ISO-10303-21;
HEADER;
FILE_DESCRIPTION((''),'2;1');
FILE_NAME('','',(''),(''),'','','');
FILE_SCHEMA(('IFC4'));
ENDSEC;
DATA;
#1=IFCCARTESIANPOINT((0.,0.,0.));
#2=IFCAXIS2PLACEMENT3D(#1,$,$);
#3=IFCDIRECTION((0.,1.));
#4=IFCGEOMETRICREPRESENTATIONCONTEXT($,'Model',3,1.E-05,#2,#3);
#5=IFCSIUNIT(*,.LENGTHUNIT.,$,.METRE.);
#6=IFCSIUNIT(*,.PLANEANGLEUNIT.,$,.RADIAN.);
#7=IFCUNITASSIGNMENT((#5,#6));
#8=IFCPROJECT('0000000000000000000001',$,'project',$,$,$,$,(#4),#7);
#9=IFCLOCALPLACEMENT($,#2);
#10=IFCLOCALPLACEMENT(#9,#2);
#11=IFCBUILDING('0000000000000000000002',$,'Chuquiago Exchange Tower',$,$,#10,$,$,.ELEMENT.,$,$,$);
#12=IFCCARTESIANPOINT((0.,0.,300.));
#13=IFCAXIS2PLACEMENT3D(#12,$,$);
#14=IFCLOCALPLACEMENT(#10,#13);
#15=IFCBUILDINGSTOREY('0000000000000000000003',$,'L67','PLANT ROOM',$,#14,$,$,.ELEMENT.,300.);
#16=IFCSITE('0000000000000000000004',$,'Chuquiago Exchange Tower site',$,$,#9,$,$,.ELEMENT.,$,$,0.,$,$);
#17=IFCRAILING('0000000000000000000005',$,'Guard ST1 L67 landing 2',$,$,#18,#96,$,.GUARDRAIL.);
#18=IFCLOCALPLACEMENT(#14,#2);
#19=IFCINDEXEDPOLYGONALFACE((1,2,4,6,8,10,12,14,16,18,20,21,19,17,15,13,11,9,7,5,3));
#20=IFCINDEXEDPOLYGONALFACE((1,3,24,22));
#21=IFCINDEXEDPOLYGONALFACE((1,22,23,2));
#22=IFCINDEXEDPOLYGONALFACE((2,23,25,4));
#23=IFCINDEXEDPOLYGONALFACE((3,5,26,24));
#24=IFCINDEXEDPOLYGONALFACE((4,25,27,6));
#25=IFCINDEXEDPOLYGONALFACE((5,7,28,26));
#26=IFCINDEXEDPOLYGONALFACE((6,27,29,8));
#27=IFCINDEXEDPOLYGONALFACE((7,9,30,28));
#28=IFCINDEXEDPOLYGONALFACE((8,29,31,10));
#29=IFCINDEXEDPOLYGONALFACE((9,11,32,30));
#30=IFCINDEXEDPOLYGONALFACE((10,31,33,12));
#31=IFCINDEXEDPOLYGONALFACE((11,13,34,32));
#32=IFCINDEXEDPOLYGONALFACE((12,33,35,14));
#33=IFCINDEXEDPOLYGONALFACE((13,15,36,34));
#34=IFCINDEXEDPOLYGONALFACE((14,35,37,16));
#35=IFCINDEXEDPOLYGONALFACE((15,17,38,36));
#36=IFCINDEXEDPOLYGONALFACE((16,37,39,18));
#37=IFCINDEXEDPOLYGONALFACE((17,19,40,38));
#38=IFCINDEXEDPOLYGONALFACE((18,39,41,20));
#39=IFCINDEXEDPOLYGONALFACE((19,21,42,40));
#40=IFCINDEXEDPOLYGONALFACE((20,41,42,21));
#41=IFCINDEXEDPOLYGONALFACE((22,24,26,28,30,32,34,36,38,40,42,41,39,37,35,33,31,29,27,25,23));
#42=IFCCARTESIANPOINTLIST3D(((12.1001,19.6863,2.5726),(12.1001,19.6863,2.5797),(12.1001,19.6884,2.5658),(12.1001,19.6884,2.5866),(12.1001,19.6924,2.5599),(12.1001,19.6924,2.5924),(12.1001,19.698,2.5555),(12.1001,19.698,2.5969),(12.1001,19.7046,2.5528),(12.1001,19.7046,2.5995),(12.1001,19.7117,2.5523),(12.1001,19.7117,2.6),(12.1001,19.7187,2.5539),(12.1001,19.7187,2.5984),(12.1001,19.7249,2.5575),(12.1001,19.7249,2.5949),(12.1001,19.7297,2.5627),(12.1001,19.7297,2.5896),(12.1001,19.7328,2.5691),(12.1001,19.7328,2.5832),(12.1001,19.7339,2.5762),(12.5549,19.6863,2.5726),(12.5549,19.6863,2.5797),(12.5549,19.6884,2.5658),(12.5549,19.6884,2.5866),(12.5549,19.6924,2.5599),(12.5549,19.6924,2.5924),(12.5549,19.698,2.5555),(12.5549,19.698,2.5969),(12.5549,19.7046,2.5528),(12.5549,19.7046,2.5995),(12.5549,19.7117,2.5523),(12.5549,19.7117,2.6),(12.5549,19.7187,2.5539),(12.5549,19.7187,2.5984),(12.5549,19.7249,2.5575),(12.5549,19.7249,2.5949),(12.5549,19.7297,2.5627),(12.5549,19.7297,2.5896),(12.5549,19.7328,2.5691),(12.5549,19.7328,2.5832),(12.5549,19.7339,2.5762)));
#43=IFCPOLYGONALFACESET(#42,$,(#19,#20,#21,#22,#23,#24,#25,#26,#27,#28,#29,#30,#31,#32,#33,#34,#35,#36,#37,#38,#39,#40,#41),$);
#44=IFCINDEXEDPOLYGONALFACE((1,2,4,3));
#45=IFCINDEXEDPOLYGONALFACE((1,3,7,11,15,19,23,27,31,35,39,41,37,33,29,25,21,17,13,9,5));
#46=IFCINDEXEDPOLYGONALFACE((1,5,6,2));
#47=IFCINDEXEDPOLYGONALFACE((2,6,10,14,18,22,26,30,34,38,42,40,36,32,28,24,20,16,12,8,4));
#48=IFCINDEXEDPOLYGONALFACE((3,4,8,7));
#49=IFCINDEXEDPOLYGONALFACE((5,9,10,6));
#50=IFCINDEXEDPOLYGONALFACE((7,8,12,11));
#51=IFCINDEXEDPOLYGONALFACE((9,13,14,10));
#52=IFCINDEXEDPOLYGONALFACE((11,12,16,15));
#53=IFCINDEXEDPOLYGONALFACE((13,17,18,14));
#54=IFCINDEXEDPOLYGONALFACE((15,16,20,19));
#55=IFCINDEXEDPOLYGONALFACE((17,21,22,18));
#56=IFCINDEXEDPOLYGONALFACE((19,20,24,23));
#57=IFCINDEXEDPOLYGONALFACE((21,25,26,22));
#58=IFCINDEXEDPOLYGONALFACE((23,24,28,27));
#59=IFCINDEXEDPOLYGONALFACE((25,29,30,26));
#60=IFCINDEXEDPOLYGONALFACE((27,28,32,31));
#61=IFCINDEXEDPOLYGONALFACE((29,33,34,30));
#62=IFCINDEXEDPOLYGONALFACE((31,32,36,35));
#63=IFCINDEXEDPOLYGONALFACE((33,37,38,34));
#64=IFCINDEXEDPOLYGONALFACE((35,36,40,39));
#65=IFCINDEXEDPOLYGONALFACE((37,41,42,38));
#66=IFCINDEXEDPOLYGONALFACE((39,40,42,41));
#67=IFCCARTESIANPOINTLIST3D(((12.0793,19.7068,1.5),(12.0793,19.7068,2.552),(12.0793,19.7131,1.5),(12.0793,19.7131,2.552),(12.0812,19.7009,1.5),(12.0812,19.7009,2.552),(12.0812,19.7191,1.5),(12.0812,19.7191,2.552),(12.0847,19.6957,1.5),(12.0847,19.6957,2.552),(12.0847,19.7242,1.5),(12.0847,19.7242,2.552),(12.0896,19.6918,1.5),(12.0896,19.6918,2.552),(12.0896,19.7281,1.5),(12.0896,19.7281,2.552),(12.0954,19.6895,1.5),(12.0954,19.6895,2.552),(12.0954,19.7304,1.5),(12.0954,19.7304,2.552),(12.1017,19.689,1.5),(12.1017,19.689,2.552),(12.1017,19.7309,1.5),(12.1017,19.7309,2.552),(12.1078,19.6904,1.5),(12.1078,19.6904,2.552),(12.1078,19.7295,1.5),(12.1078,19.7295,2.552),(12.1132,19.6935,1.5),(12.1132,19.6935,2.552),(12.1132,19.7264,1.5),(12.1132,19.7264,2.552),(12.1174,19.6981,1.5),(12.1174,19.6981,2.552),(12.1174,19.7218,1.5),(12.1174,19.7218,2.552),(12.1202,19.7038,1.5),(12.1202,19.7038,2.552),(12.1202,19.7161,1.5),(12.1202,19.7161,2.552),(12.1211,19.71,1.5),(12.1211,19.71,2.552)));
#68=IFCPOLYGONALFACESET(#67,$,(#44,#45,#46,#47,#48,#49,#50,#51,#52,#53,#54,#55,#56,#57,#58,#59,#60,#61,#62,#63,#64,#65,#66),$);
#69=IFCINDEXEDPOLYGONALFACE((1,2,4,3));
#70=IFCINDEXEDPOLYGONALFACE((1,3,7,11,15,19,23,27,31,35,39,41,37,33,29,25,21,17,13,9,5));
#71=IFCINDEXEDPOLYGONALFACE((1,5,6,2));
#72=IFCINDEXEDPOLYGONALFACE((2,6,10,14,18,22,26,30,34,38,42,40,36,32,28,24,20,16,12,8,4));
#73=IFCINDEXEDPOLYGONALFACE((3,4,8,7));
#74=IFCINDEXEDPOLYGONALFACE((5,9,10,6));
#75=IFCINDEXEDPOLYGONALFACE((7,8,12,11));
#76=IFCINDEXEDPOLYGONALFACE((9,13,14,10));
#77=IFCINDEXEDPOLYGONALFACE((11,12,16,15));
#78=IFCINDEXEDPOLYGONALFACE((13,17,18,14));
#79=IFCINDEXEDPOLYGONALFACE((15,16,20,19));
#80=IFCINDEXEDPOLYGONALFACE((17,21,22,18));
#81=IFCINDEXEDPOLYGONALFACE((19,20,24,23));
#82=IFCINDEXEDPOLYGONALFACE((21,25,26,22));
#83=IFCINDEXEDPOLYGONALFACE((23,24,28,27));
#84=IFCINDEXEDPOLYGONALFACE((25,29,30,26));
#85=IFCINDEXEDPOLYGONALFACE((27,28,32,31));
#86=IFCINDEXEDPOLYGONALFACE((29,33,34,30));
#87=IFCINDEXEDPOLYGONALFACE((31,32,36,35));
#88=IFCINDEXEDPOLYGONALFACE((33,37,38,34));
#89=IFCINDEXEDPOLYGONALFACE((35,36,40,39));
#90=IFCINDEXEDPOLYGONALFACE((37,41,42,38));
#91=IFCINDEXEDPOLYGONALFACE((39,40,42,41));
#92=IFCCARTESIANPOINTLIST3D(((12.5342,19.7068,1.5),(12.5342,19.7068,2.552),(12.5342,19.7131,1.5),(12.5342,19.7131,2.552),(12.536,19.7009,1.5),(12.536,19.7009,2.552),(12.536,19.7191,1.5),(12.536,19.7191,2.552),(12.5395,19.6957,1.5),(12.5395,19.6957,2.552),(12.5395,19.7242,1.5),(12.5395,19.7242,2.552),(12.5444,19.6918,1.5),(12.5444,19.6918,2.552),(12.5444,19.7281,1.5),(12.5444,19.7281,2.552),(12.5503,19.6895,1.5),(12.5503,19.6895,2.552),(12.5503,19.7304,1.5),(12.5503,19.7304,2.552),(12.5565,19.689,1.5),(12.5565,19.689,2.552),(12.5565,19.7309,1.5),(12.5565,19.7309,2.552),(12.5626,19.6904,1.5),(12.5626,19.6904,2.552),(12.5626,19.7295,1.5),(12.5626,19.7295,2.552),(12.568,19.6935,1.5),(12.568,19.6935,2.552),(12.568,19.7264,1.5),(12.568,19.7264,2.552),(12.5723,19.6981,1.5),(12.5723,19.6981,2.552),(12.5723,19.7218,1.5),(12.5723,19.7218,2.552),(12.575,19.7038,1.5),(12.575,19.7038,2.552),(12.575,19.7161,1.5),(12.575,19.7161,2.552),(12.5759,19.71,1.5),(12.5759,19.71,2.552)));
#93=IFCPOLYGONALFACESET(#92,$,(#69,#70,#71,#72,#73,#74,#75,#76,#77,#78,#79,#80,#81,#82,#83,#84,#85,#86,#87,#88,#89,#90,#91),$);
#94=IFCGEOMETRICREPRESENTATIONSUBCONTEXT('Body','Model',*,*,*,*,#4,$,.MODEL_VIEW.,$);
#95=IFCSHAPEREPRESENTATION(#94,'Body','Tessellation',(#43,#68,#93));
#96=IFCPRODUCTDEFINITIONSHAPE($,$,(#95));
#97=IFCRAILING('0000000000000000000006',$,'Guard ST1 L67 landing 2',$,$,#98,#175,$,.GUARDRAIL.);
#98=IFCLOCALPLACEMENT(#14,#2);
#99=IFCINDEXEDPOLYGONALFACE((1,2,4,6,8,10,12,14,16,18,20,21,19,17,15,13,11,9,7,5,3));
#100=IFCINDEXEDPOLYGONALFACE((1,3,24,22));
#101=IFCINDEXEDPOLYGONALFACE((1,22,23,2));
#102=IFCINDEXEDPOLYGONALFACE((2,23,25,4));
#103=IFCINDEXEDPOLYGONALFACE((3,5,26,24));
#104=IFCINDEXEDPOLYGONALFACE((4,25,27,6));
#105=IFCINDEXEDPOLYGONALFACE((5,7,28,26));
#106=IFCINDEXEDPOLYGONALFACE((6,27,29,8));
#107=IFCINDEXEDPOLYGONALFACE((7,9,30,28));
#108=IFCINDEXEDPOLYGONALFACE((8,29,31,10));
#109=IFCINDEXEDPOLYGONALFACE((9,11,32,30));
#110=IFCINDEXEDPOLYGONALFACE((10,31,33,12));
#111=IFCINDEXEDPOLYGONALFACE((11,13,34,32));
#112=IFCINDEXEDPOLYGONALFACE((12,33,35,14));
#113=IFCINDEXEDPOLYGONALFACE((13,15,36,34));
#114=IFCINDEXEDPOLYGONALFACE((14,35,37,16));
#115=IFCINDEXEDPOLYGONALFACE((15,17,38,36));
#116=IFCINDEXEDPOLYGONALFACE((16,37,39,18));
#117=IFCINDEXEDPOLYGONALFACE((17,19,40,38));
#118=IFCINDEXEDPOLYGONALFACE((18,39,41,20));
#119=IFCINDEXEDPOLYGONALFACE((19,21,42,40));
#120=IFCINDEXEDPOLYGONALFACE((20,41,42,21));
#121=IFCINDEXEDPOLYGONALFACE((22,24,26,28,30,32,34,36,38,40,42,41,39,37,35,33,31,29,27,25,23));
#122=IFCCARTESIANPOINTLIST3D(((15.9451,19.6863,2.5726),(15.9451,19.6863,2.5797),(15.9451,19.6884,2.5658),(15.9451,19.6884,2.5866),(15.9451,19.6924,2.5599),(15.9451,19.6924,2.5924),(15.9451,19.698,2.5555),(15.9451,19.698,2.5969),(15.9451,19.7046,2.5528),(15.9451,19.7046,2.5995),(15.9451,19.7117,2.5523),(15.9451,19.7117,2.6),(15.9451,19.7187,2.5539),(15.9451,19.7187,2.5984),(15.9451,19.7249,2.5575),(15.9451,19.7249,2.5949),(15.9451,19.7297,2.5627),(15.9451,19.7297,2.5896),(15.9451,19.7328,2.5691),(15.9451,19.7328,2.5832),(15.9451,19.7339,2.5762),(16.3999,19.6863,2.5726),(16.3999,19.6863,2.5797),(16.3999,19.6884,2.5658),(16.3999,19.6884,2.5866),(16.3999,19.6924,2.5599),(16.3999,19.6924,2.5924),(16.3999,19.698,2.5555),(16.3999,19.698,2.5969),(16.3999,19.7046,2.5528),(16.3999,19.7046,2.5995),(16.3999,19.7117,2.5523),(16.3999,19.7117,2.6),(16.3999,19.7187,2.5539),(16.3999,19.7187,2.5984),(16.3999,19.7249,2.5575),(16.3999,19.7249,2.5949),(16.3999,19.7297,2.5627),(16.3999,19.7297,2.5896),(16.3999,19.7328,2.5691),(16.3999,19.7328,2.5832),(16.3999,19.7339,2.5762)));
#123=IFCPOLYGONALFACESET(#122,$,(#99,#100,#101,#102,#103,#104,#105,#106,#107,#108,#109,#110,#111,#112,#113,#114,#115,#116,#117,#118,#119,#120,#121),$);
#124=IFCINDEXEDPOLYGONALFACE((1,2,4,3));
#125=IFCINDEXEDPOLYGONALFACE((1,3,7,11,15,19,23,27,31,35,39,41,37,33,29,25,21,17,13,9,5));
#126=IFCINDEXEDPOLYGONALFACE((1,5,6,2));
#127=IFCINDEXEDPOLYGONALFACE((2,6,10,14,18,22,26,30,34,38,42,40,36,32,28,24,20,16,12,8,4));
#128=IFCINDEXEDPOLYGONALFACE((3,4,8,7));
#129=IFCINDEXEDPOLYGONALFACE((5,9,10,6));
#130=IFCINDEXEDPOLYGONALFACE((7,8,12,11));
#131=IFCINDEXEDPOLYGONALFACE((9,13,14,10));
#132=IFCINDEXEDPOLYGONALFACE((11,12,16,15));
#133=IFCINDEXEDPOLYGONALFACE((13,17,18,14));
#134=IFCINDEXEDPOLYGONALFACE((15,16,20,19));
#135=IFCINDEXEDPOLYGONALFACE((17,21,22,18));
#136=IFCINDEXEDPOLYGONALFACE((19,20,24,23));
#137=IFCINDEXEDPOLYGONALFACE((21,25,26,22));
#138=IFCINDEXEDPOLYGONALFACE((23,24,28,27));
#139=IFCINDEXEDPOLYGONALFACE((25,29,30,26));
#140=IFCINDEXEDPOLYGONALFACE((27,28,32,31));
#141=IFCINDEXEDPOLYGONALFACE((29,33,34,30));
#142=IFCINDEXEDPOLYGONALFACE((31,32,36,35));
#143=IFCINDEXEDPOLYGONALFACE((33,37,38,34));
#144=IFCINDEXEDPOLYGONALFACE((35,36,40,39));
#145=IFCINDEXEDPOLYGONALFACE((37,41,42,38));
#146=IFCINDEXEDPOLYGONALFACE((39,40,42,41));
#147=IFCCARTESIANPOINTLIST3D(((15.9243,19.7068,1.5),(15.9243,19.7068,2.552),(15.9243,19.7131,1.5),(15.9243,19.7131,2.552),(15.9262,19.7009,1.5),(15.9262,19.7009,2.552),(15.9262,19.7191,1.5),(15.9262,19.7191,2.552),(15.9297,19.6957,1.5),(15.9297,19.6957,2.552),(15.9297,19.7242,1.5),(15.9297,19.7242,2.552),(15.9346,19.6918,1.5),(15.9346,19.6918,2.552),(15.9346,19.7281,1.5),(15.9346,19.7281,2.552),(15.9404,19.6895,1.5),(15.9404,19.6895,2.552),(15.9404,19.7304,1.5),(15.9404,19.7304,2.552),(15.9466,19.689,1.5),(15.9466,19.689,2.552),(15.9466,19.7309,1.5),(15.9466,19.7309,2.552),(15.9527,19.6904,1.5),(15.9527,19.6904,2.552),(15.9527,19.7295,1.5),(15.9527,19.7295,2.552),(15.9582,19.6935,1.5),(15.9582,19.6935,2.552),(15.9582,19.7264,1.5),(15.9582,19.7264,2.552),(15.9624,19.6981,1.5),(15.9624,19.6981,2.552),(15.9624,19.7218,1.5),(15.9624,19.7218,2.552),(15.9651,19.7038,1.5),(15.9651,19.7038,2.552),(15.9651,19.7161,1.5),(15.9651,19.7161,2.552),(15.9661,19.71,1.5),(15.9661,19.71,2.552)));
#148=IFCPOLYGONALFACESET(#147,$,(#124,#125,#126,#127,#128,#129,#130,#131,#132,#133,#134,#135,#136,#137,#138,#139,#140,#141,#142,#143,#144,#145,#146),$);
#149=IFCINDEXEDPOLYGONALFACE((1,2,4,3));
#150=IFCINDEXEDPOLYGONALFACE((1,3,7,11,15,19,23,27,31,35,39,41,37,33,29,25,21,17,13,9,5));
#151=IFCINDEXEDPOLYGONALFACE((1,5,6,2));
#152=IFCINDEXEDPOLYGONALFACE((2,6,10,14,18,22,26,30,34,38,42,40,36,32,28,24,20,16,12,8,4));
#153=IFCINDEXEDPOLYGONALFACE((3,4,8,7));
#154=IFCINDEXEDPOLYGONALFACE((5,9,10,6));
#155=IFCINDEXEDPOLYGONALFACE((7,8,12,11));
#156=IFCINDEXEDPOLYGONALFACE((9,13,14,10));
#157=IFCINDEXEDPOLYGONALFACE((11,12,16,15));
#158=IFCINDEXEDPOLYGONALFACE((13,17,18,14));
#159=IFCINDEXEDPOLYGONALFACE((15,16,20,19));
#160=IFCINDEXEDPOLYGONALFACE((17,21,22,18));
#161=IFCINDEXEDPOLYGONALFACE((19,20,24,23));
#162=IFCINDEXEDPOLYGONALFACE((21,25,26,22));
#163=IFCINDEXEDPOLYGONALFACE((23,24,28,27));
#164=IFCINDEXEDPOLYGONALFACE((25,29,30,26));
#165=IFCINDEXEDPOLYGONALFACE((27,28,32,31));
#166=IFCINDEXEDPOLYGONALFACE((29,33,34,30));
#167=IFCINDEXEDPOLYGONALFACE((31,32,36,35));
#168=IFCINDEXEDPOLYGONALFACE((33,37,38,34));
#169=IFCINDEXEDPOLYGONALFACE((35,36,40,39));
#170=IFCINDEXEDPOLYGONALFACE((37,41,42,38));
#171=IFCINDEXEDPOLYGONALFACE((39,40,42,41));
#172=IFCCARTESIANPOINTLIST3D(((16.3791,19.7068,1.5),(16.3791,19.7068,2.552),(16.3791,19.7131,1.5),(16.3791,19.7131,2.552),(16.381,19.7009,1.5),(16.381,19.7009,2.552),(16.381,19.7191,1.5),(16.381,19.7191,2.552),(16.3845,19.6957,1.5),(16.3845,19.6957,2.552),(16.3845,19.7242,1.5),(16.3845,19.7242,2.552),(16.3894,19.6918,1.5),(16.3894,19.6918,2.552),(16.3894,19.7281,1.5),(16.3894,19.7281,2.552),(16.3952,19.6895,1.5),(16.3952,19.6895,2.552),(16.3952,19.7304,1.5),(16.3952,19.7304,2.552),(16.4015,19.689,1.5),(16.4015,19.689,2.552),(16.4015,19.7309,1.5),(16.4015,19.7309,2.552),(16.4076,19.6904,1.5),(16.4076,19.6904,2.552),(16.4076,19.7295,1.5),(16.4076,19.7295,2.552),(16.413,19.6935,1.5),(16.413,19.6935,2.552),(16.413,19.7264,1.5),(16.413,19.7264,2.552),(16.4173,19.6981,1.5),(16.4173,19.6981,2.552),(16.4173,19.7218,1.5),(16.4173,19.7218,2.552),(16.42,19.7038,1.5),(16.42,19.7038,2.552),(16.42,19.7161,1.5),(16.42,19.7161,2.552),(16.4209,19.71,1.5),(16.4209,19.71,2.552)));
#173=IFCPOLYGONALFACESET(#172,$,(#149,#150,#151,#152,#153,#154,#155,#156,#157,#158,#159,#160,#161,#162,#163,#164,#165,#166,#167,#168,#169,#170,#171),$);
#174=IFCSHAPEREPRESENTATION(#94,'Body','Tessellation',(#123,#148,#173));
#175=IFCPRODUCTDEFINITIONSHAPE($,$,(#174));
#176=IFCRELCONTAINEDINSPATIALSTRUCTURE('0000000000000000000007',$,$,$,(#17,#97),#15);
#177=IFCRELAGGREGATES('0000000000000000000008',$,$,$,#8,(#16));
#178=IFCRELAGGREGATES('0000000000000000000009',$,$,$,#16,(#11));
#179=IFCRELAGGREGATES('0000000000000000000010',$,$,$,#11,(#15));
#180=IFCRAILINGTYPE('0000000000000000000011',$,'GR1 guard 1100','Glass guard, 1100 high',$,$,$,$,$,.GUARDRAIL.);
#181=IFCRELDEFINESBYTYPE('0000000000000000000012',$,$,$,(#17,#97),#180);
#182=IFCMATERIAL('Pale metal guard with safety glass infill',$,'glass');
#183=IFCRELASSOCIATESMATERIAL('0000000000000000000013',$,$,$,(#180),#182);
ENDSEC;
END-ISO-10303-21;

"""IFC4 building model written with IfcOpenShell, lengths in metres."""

from ifc_helpers import new_model, si_unit, direction, frame, origin, origin_2d, place, context, subcontext, project, spatial, circle, extrude, material, type_object, element, save


model = new_model("IFC4")

# Units and contexts
model_context = context("Model", 3, precision=1e-05, world=origin(), true_north=direction((0.0, 1.0)))
body_context = subcontext(model_context, "Body", "Model", "MODEL_VIEW")
ifc_project = project(units=[si_unit("LENGTHUNIT", "METRE"), si_unit("PLANEANGLEUNIT", "RADIAN")], contexts=[model_context])

# Site, building, storey
site_placement = place(None, origin())
site = spatial("IfcSite", under=ifc_project, at=site_placement, Name="Chuquiago Exchange Tower site", CompositionType="ELEMENT", RefElevation=0.0)
building_placement = place(site_placement, origin())
building = spatial("IfcBuilding", under=site, at=building_placement, Name="Chuquiago Exchange Tower", CompositionType="ELEMENT")
storey_placement = place(building_placement, frame((0.0, 0.0, 300.0)))
storey = spatial("IfcBuildingStorey", under=building, at=storey_placement, Name="L67", Description="PLANT ROOM", CompositionType="ELEMENT", Elevation=300.0)

# Railings
ifc_material_1 = material(Name="Pale metal guard with safety glass infill", Category="glass")
railing_type_1 = type_object("IfcRailingType", Name="GR1 guard 1100", Description="Glass guard, 1100 high", PredefinedType="GUARDRAIL", material=ifc_material_1)
for number, where, name in (
    (1, (12.1001, 19.71, 1.5), "Guard ST1 L67 landing 2"),
    (2, (15.9451, 19.71, 1.5), "Guard ST1 L67 landing 2"),
):
    element("IfcRailing", number, at=place(storey_placement, frame(where)), inside=storey, type_object=railing_type_1, Name=name, PredefinedType="GUARDRAIL", context=body_context, shape_type="SweptSolid", body=[
        extrude(circle(Radius=0.0239, at=origin_2d()), frame((0.0, 0.0, 1.0762), z_axis=(1.0, 0.0, 0.0), x_axis=(0.0, 1.0, 0.0)), (0.0, 0.0, 1.0), 0.4548),
        extrude(circle(Radius=0.021, at=origin_2d()), origin(), (0.0, 0.0, 1.0), 1.052),
        extrude(circle(Radius=0.021, at=origin_2d()), frame((0.4548, 0.0, 0.0)), (0.0, 0.0, 1.0), 1.052),
    ])

save(model, "model.ifc")
